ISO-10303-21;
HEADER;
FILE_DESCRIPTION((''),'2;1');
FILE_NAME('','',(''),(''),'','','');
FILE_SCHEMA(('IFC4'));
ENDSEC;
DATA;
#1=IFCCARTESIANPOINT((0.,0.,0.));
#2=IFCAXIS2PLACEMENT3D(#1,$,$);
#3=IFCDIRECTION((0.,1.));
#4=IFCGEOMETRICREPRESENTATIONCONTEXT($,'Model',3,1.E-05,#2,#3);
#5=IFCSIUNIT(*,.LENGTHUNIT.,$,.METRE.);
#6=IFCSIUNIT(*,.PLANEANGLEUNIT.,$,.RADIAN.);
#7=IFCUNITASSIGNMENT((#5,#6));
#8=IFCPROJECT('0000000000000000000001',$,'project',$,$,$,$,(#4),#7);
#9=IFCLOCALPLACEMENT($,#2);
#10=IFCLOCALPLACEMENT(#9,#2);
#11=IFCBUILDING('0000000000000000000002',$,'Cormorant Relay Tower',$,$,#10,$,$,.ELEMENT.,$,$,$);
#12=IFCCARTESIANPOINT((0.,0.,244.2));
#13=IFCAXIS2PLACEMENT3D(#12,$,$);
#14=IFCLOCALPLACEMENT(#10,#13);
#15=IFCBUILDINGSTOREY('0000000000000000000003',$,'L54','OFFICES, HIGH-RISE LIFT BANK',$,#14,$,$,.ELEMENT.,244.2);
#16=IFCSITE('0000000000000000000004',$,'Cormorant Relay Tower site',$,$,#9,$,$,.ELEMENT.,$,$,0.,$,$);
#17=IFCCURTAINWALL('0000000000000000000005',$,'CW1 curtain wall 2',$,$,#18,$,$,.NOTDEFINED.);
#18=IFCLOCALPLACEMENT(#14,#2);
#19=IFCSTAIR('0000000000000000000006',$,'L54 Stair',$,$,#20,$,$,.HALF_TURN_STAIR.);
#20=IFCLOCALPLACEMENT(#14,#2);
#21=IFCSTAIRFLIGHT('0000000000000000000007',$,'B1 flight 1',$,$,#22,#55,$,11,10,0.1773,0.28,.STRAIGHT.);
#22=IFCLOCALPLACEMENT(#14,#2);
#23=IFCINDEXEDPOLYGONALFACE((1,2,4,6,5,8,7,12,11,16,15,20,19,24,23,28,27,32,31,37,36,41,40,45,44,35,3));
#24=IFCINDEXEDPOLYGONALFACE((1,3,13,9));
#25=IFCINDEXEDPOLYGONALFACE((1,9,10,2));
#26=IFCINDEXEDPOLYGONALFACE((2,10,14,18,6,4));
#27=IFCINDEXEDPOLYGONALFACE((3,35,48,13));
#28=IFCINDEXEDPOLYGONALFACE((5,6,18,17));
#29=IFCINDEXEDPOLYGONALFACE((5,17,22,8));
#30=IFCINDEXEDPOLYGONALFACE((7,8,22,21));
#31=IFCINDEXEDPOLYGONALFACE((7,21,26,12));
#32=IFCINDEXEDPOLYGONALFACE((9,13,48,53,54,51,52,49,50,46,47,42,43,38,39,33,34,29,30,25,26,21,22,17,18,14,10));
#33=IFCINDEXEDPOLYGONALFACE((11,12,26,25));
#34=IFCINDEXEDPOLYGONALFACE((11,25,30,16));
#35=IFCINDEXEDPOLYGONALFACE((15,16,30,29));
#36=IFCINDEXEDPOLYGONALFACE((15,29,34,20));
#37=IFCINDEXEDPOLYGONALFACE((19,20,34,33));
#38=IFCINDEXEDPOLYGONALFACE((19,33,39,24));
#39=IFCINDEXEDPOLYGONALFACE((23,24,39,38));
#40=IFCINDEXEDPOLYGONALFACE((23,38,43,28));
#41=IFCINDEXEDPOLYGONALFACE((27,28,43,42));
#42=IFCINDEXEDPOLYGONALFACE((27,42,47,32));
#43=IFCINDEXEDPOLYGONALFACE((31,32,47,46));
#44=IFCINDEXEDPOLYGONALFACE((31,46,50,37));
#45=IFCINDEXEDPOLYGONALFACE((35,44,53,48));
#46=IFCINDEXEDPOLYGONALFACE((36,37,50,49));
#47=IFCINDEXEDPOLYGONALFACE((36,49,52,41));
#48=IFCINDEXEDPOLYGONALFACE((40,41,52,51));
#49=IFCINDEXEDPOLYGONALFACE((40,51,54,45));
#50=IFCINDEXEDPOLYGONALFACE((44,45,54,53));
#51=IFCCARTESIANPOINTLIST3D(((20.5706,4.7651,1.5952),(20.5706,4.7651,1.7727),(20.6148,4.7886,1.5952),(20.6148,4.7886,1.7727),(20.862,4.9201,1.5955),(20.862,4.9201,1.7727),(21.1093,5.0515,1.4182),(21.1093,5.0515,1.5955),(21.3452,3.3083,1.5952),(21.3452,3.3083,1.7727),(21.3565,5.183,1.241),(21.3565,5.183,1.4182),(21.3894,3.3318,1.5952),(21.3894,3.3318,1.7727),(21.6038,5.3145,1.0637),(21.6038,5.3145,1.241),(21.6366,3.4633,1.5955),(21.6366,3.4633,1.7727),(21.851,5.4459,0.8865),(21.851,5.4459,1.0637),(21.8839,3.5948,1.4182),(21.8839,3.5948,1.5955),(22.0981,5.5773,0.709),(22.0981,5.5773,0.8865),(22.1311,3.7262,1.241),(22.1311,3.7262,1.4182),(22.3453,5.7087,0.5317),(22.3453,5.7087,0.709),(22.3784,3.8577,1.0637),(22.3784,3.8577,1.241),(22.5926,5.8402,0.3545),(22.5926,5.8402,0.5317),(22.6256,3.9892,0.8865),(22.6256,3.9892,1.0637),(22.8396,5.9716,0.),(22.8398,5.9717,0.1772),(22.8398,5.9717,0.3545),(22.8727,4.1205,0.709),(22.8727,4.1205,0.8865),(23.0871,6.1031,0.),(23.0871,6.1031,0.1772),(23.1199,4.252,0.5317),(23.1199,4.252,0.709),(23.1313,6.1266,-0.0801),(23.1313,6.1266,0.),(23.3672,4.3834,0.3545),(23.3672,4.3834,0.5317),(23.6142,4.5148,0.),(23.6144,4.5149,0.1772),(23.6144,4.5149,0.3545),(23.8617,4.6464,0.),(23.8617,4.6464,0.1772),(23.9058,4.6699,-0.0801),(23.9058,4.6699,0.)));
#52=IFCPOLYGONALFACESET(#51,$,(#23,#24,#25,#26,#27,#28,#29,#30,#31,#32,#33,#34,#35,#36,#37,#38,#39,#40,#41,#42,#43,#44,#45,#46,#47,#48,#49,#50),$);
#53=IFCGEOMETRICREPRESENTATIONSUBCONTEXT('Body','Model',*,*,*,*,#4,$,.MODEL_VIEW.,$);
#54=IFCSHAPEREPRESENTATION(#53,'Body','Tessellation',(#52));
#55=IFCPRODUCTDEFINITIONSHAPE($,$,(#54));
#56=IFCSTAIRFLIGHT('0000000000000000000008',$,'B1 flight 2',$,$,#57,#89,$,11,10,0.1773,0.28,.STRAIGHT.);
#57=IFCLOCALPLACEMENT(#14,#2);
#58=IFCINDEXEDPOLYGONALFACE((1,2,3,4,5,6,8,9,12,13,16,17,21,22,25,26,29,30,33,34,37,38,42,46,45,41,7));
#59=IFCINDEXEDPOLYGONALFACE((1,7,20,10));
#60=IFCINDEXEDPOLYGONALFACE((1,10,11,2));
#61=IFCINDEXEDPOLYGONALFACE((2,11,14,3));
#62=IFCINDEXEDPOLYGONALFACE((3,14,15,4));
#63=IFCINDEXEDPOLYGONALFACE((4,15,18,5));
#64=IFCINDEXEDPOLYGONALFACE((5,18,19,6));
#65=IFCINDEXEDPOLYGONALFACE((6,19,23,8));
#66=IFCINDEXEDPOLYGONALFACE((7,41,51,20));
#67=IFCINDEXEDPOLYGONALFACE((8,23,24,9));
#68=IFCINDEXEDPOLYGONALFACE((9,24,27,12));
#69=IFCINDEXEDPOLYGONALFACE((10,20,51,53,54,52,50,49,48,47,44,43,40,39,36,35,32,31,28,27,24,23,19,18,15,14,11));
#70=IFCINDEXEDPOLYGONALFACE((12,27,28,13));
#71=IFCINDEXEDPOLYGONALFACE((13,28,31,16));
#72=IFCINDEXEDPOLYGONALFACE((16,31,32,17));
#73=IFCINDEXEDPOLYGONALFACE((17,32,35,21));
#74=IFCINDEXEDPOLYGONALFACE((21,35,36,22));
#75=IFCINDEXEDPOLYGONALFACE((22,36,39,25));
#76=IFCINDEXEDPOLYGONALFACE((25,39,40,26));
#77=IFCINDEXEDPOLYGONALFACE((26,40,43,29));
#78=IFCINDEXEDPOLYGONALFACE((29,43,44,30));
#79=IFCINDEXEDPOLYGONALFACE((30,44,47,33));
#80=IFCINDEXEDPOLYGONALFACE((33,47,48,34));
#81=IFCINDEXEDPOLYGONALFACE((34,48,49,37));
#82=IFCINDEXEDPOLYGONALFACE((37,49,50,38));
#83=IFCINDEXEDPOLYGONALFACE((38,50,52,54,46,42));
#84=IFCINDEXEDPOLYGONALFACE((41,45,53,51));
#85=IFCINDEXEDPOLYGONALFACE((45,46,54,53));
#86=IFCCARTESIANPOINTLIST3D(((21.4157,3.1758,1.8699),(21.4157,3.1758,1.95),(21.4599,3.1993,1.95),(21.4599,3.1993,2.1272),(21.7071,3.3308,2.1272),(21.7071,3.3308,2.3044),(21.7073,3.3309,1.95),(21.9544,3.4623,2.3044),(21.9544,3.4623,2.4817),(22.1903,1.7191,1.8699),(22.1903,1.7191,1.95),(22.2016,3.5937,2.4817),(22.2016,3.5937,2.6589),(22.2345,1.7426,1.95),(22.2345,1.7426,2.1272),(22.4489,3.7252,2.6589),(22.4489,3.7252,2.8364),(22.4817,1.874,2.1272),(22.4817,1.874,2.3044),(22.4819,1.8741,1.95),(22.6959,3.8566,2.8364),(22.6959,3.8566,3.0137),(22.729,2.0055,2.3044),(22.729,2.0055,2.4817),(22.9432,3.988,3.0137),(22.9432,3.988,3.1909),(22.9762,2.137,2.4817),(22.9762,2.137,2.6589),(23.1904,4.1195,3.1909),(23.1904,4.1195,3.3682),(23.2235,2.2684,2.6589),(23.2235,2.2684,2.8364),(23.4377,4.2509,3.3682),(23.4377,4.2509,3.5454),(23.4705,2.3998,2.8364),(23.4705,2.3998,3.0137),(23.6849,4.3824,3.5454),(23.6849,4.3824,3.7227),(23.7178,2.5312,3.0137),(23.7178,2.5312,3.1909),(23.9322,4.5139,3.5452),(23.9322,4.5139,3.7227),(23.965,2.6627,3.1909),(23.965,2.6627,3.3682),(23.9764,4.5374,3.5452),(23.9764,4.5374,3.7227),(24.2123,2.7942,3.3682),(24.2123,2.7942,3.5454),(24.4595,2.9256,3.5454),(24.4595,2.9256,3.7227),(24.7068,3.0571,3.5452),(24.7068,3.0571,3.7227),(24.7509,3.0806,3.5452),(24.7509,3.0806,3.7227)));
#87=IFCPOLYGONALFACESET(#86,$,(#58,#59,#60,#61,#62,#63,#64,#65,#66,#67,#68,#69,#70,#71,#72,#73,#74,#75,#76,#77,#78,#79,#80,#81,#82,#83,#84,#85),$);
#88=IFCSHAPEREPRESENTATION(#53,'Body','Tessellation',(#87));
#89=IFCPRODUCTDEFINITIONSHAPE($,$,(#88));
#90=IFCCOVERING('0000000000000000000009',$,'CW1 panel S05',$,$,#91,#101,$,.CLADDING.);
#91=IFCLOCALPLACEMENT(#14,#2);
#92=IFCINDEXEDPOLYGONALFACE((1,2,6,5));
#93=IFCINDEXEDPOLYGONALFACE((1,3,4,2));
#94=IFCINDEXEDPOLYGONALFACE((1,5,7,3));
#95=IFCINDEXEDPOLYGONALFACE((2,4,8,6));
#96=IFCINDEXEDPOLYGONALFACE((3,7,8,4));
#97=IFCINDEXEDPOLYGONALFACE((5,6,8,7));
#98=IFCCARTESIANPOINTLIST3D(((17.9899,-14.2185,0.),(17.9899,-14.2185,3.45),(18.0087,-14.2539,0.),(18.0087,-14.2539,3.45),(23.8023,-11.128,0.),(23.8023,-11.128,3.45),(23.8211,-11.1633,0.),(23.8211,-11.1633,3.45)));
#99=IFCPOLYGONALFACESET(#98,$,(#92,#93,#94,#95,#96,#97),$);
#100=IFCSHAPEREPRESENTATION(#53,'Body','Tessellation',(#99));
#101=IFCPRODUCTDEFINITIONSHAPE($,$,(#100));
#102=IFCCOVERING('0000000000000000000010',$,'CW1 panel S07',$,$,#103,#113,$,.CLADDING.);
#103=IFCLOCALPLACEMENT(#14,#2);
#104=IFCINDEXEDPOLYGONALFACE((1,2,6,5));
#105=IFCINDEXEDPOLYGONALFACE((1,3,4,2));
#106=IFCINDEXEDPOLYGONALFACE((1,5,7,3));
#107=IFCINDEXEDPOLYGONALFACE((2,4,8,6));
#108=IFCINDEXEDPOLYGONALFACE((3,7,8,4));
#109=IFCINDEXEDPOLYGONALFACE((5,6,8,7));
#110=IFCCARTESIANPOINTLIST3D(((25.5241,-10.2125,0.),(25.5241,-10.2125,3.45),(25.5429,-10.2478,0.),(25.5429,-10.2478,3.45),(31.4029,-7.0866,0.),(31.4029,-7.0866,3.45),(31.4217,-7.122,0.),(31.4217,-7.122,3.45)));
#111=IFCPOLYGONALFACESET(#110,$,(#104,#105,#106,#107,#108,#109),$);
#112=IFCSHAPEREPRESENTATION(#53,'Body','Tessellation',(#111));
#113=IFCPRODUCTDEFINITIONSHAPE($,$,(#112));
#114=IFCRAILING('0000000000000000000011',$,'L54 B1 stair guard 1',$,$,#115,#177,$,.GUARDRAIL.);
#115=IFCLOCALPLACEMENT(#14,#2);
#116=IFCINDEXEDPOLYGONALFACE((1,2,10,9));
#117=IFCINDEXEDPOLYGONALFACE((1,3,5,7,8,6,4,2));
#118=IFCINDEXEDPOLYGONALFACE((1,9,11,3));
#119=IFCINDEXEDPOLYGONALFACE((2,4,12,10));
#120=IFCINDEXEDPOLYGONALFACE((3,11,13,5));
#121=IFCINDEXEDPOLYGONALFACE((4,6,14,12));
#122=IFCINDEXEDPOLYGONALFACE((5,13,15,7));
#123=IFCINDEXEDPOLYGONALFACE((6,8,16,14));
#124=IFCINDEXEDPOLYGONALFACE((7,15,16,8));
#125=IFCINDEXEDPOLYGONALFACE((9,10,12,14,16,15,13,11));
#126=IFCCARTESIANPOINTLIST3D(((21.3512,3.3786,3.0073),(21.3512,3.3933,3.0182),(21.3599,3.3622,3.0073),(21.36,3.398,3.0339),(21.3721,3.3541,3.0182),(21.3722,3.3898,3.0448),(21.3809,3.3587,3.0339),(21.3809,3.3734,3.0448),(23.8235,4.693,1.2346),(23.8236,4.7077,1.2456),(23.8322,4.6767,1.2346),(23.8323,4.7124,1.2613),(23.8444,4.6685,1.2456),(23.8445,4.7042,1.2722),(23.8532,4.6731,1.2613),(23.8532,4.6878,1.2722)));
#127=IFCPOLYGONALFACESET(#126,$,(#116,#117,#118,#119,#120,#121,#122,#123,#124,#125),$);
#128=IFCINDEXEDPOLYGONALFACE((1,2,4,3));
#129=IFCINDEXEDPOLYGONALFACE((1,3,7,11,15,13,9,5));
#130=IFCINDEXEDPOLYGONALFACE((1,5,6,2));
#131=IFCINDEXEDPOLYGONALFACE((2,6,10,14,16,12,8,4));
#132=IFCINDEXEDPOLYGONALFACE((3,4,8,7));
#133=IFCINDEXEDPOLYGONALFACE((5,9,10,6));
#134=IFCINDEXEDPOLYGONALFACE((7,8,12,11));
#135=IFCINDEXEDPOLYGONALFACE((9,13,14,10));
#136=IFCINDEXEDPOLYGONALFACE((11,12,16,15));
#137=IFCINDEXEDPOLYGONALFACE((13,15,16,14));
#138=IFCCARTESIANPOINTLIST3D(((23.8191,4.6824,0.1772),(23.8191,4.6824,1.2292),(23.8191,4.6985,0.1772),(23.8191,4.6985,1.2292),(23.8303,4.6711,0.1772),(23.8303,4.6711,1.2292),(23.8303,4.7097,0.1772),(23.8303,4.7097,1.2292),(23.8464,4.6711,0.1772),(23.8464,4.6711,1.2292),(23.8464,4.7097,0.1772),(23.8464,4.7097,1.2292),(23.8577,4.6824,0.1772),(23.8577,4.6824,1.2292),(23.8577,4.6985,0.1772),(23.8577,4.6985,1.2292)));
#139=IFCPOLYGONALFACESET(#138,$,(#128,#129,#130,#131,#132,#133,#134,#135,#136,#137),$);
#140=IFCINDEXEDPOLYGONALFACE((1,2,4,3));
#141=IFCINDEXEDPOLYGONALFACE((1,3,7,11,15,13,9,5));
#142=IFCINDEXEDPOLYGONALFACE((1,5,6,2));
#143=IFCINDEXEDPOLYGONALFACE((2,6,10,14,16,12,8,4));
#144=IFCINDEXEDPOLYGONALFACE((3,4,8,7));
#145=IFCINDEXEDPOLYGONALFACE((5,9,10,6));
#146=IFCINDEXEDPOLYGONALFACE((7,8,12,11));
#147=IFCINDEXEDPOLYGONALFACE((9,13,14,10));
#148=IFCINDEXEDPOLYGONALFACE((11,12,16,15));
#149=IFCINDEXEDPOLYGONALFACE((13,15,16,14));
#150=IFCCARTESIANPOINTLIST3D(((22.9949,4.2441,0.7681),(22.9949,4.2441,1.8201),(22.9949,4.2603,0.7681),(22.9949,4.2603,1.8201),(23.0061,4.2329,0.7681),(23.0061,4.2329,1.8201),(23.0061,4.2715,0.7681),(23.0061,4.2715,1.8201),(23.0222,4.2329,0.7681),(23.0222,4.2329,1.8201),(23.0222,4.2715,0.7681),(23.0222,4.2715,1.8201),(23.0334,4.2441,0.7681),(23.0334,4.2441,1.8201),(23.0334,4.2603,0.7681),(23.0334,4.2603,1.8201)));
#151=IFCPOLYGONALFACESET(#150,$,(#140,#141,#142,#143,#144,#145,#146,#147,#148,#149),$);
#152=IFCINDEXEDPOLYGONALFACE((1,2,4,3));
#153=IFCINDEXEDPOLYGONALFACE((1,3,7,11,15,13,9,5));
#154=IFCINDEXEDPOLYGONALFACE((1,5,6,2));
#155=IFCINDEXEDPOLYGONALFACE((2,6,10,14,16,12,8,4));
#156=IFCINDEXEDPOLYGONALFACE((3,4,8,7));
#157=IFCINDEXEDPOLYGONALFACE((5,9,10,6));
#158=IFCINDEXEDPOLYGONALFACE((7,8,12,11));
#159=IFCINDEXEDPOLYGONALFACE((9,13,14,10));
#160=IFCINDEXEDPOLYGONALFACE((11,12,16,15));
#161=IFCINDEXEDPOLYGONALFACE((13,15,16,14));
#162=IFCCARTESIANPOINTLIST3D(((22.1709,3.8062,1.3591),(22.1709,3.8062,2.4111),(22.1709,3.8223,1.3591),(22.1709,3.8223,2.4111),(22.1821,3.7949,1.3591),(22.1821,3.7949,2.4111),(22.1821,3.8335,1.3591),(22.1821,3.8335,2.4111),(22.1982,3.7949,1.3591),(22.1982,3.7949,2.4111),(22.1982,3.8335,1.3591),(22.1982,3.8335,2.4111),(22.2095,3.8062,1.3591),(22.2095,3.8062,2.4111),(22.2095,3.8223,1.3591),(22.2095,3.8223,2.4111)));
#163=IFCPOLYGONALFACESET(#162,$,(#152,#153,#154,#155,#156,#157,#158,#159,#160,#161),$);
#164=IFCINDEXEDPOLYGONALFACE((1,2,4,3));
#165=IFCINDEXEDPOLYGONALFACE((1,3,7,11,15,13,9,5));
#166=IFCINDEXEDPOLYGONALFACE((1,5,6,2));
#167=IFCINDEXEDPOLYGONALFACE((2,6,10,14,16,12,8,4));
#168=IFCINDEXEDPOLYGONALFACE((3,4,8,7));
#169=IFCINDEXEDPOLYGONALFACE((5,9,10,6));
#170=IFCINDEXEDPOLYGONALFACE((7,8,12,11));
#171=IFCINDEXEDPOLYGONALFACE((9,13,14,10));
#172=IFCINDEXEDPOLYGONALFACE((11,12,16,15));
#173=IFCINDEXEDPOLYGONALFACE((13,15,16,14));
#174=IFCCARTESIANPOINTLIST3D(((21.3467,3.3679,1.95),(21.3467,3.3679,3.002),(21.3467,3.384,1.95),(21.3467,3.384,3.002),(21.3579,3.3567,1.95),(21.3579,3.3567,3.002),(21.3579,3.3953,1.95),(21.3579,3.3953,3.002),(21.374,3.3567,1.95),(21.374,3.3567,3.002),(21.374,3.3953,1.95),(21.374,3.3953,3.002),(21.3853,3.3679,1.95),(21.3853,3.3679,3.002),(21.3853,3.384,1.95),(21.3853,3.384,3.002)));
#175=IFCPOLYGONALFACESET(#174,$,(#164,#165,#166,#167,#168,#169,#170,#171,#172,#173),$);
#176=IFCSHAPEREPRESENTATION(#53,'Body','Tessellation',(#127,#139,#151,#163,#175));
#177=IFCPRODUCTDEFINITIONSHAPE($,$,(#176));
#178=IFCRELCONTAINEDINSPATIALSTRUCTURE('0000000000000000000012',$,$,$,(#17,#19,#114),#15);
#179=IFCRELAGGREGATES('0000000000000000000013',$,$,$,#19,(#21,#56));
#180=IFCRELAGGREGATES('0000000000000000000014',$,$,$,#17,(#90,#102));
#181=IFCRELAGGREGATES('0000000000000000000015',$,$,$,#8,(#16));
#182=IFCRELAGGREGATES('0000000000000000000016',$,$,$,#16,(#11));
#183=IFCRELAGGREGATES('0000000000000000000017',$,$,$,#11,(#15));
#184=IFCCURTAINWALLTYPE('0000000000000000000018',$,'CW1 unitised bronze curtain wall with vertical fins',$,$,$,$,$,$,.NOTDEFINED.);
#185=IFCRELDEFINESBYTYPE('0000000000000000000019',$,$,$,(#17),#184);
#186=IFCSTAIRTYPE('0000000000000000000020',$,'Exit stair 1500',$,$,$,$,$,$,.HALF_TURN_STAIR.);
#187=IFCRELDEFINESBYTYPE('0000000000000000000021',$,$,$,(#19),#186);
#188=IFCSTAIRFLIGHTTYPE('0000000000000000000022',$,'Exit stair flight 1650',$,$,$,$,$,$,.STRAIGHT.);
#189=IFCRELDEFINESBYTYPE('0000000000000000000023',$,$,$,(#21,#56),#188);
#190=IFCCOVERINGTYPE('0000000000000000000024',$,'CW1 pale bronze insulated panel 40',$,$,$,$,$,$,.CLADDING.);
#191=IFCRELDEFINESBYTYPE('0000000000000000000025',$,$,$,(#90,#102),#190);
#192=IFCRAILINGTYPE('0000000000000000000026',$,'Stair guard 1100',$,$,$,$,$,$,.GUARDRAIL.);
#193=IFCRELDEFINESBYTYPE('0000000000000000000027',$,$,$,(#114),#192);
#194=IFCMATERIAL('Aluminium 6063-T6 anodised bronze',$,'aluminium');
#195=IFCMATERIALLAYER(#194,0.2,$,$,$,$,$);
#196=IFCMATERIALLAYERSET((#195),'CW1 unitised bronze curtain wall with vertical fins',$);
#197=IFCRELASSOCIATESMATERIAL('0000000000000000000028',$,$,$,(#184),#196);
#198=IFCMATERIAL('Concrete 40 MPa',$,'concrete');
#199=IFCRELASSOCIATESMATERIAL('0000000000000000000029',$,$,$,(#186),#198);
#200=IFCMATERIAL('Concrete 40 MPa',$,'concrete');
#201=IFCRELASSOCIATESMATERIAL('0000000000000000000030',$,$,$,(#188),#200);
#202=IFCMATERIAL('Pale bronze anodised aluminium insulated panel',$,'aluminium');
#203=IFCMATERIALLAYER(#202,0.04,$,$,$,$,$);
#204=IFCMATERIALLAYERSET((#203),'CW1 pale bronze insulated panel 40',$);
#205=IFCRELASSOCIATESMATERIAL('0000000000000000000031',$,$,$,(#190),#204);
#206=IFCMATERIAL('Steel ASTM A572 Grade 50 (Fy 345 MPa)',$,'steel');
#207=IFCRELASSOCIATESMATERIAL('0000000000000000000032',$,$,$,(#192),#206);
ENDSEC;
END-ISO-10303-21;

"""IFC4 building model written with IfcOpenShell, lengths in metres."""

from ifc_helpers import new_model, si_unit, direction, frame, origin, origin_2d, place, context, subcontext, project, spatial, polyline, rectangle, outline, extrude, material, layer, layer_set, type_object, element, aggregate, save


model = new_model("IFC4")

# Units and contexts
model_context = context("Model", 3, precision=1e-05, world=origin(), true_north=direction((0.0, 1.0)))
body_context = subcontext(model_context, "Body", "Model", "MODEL_VIEW")
ifc_project = project(units=[si_unit("LENGTHUNIT", "METRE"), si_unit("PLANEANGLEUNIT", "RADIAN")], contexts=[model_context])

# Site, building, storey
site_placement = place(None, origin())
site = spatial("IfcSite", under=ifc_project, at=site_placement, Name="Cormorant Relay Tower site", CompositionType="ELEMENT", RefElevation=0.0)
building_placement = place(site_placement, origin())
building = spatial("IfcBuilding", under=site, at=building_placement, Name="Cormorant Relay Tower", CompositionType="ELEMENT")
storey_placement = place(building_placement, frame((0.0, 0.0, 244.2)))
storey = spatial("IfcBuildingStorey", under=building, at=storey_placement, Name="L54", Description="OFFICES, HIGH-RISE LIFT BANK", CompositionType="ELEMENT", Elevation=244.2)

# Curtain wall
ifc_material_1 = material(Name="Aluminium 6063-T6 anodised bronze", Category="aluminium")
ifc_layer_1 = layer(ifc_material_1, 0.2)
ifc_layer_set_1 = layer_set([ifc_layer_1], Name="CW1 unitised bronze curtain wall with vertical fins")
curtain_wall_type = type_object("IfcCurtainWallType", Name="CW1 unitised bronze curtain wall with vertical fins", PredefinedType="NOTDEFINED", material=ifc_layer_set_1)
curtain_wall_placement = place(storey_placement, origin())
curtain_wall = element("IfcCurtainWall", 1, at=curtain_wall_placement, inside=storey, type_object=curtain_wall_type, Name="CW1 curtain wall 2", PredefinedType="NOTDEFINED")

# Stair, stair flights
ifc_material_2 = material(Name="Concrete 40 MPa", Category="concrete")
stair_type = type_object("IfcStairType", Name="Exit stair 1500", PredefinedType="HALF_TURN_STAIR", material=ifc_material_2)
stair_placement = place(storey_placement, origin())
stair = element("IfcStair", 2, at=stair_placement, inside=storey, type_object=stair_type, Name="L54 Stair", PredefinedType="HALF_TURN_STAIR")
ifc_material_3 = material(Name="Concrete 40 MPa", Category="concrete")
stair_flight_type = type_object("IfcStairFlightType", Name="Exit stair flight 1650", PredefinedType="STRAIGHT", material=ifc_material_3)
stair_flight_1_placement = place(storey_placement, frame((23.4744, 5.3748, 0.0), z_axis=(0.0, 0.0, 1.0), x_axis=(-0.882948, -0.469472, 0.0)))
stair_flight_1 = element("IfcStairFlight", 3, at=stair_flight_1_placement, type_object=stair_flight_type, Name="B1 flight 1", NumberOfRisers=11, NumberOfTreads=10, PredefinedType="STRAIGHT", RiserHeight=0.1773, TreadLength=0.28, context=body_context, shape_type="SweptSolid", body=[
    extrude(outline(polyline([(-0.05, -0.0801), (-0.05, 0.0), (0.0, 0.0), (0.0, 0.1772), (0.28, 0.1772), (0.28, 0.3545), (0.5601, 0.3545), (0.5601, 0.5317), (0.8401, 0.5317), (0.8401, 0.709), (1.1201, 0.709), (1.1201, 0.8865), (1.3999, 0.8865), (1.3999, 1.0637), (1.6799, 1.0637), (1.6799, 1.241), (1.96, 1.241), (1.96, 1.4182), (2.24, 1.4182), (2.24, 1.5955), (2.52, 1.5955), (2.52, 1.7727), (2.8, 1.7727), (2.8501, 1.7727), (2.8501, 1.5952), (2.8, 1.5952), (0.2803, 0.0), (-0.05, -0.0801)])), frame((0.0, 0.825, 0.0), z_axis=(0.0, -1.0, 0.0), x_axis=(1.0, 0.0, 0.0)), (0.0, 0.0, 1.0), 1.6499),
])
stair_flight_2_placement = place(storey_placement, frame((21.8472, 2.4709, 1.95), z_axis=(0.0, 0.0, 1.0), x_axis=(0.882948, 0.469472, 0.0)))
stair_flight_2 = element("IfcStairFlight", 4, at=stair_flight_2_placement, type_object=stair_flight_type, Name="B1 flight 2", NumberOfRisers=11, NumberOfTreads=10, PredefinedType="STRAIGHT", RiserHeight=0.1773, TreadLength=0.28, context=body_context, shape_type="SweptSolid", body=[
    extrude(outline(polyline([(-0.05, -0.0801), (-0.05, 0.0), (0.0, 0.0), (0.0, 0.1772), (0.28, 0.1772), (0.28, 0.3545), (0.5601, 0.3545), (0.5601, 0.5317), (0.8401, 0.5317), (0.8401, 0.709), (1.1201, 0.709), (1.1201, 0.8865), (1.3999, 0.8865), (1.3999, 1.0637), (1.6799, 1.0637), (1.6799, 1.241), (1.96, 1.241), (1.96, 1.4182), (2.24, 1.4182), (2.24, 1.5955), (2.52, 1.5955), (2.52, 1.7727), (2.8, 1.7727), (2.8501, 1.7727), (2.8501, 1.5952), (2.8, 1.5952), (0.2803, 0.0), (-0.05, -0.0801)])), frame((0.0, 0.825, 0.0), z_axis=(0.0, -1.0, 0.0), x_axis=(1.0, 0.0, 0.0)), (0.0, 0.0, 1.0), 1.6499),
])
aggregate(stair, [stair_flight_1, stair_flight_2])

# Coverings
ifc_material_4 = material(Name="Pale bronze anodised aluminium insulated panel", Category="aluminium")
ifc_layer_2 = layer(ifc_material_4, 0.04)
ifc_layer_set_2 = layer_set([ifc_layer_2], Name="CW1 pale bronze insulated panel 40")
covering_type = type_object("IfcCoveringType", Name="CW1 pale bronze insulated panel 40", PredefinedType="CLADDING", material=ifc_layer_set_2)
covering_1_placement = place(storey_placement, frame((20.9055, -12.6909, 0.0), z_axis=(0.0, 0.0, 1.0), x_axis=(0.882948, 0.469472, 0.0)))
covering_1 = element("IfcCovering", 5, at=covering_1_placement, type_object=covering_type, Name="CW1 panel S05", PredefinedType="CLADDING", context=body_context, shape_type="SweptSolid", body=[
    extrude(rectangle(XDim=6.583, YDim=0.04, at=origin_2d()), origin(), (0.0, 0.0, 1.0), 3.45),
])
covering_2_placement = place(storey_placement, frame((28.4729, -8.6672, 0.0), z_axis=(0.0, 0.0, 1.0), x_axis=(0.882948, 0.469472, 0.0)))
covering_2 = element("IfcCovering", 6, at=covering_2_placement, type_object=covering_type, Name="CW1 panel S07", PredefinedType="CLADDING", context=body_context, shape_type="SweptSolid", body=[
    extrude(rectangle(XDim=6.6582, YDim=0.04, at=origin_2d()), origin(), (0.0, 0.0, 1.0), 3.45),
])
aggregate(curtain_wall, [covering_1, covering_2])

# Railing
ifc_material_5 = material(Name="Steel ASTM A572 Grade 50 (Fy 345 MPa)", Category="steel")
railing_type_1 = type_object("IfcRailingType", Name="Stair guard 1100", PredefinedType="GUARDRAIL", material=ifc_material_5)
railing_1_placement = place(storey_placement, frame((23.8384, 4.6904, 0.1772)))
element("IfcRailing", 7, at=railing_1_placement, inside=storey, type_object=railing_type_1, Name="L54 B1 stair guard 1", PredefinedType="GUARDRAIL", context=body_context, shape_type="SweptSolid", body=[
    extrude(outline(polyline([(0.0222, 0.0093), (0.0093, 0.0222), (-0.0093, 0.0222), (-0.0222, 0.0093), (-0.0222, -0.0093), (-0.0093, -0.0222), (0.0093, -0.0222), (0.0222, -0.0093), (0.0222, 0.0093)])), frame((0.0, 0.0, 1.0762), z_axis=(-0.746034, -0.396627, 0.534902), x_axis=(0.469429, -0.88297, 0.0)), (0.0, 0.0, 1.0), 3.314),
    extrude(outline(polyline([(0.0193, 0.0081), (0.0081, 0.0193), (-0.0081, 0.0193), (-0.0193, 0.0081), (-0.0193, -0.0081), (-0.0081, -0.0193), (0.0081, -0.0193), (0.0193, -0.0081), (0.0193, 0.0081)])), origin(), (0.0, 0.0, 1.0), 1.052),
    extrude(outline(polyline([(0.0193, 0.0081), (0.0081, 0.0193), (-0.0081, 0.0193), (-0.0193, 0.0081), (-0.0193, -0.0081), (-0.0081, -0.0193), (0.0081, -0.0193), (0.0193, -0.0081), (0.0193, 0.0081)])), frame((-0.8242, -0.4382, 0.5908)), (0.0, 0.0, 1.0), 1.052),
    extrude(outline(polyline([(0.0193, 0.0081), (0.0081, 0.0193), (-0.0081, 0.0193), (-0.0193, 0.0081), (-0.0193, -0.0081), (-0.0081, -0.0193), (0.0081, -0.0193), (0.0193, -0.0081), (0.0193, 0.0081)])), frame((-1.6482, -0.8762, 1.1819)), (0.0, 0.0, 1.0), 1.052),
    extrude(outline(polyline([(0.0193, 0.0081), (0.0081, 0.0193), (-0.0081, 0.0193), (-0.0193, 0.0081), (-0.0193, -0.0081), (-0.0081, -0.0193), (0.0081, -0.0193), (0.0193, -0.0081), (0.0193, 0.0081)])), frame((-2.4724, -1.3145, 1.7727)), (0.0, 0.0, 1.0), 1.052),
])

save(model, "model.ifc")
